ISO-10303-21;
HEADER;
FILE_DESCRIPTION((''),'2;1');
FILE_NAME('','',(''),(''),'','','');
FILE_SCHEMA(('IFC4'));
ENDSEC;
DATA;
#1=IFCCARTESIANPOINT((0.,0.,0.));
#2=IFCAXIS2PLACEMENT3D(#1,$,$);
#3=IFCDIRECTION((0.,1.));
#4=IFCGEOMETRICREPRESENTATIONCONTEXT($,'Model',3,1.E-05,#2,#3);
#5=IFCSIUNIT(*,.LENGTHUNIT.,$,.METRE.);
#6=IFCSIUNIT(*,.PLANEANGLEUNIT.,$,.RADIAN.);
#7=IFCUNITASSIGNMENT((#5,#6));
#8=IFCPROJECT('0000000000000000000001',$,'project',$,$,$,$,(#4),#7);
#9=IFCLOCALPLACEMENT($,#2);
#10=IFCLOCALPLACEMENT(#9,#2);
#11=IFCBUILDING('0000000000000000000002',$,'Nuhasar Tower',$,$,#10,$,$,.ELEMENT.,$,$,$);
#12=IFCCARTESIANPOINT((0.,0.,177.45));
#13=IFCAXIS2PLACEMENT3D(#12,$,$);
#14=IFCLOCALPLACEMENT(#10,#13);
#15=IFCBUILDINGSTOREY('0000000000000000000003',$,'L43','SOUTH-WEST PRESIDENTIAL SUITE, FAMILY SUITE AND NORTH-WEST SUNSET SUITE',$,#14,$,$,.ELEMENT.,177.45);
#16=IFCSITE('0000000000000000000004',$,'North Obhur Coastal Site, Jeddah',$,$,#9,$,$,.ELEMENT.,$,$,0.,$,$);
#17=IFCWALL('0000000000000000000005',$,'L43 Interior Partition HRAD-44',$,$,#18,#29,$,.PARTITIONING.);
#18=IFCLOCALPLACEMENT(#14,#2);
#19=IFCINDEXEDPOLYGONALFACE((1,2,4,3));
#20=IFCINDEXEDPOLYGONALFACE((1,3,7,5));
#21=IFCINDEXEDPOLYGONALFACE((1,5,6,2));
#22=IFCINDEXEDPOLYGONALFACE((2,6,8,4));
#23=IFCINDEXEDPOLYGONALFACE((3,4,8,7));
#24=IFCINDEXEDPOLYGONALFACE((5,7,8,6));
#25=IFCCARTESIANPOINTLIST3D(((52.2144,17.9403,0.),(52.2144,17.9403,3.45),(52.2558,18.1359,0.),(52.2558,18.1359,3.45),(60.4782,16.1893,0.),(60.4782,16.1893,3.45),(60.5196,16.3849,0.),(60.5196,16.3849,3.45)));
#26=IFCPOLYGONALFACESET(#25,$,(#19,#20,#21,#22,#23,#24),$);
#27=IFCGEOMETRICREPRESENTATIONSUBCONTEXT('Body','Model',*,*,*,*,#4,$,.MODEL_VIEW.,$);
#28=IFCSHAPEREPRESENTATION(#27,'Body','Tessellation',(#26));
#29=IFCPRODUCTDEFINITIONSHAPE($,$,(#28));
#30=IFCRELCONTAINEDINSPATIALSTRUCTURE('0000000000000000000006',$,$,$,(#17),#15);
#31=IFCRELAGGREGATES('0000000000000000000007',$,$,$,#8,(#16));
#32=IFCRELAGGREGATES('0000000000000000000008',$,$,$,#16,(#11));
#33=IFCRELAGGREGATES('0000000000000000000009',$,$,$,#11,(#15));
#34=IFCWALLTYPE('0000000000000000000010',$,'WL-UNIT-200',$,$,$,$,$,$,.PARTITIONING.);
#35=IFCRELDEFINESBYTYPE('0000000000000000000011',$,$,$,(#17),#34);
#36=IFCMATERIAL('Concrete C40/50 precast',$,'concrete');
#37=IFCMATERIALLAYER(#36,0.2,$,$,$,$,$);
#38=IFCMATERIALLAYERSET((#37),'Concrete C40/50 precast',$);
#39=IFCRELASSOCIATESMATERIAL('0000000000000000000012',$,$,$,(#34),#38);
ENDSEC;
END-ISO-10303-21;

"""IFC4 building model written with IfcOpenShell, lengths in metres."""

from ifc_helpers import new_model, si_unit, direction, frame, frame_2d, origin, place, context, subcontext, project, spatial, rectangle, extrude, material, layer, layer_set, type_object, element, save


model = new_model("IFC4")

# Units and contexts
model_context = context("Model", 3, precision=1e-05, world=origin(), true_north=direction((0.0, 1.0)))
body_context = subcontext(model_context, "Body", "Model", "MODEL_VIEW")
ifc_project = project(units=[si_unit("LENGTHUNIT", "METRE"), si_unit("PLANEANGLEUNIT", "RADIAN")], contexts=[model_context])

# Site, building, storey
site_placement = place(None, origin())
site = spatial("IfcSite", under=ifc_project, at=site_placement, Name="North Obhur Coastal Site, Jeddah", CompositionType="ELEMENT", RefElevation=0.0)
building_placement = place(site_placement, origin())
building = spatial("IfcBuilding", under=site, at=building_placement, Name="Nuhasar Tower", CompositionType="ELEMENT")
storey_placement = place(building_placement, frame((0.0, 0.0, 177.45)))
storey = spatial("IfcBuildingStorey", under=building, at=storey_placement, Name="L43", Description="SOUTH-WEST PRESIDENTIAL SUITE, FAMILY SUITE AND NORTH-WEST SUNSET SUITE", CompositionType="ELEMENT", Elevation=177.45)

# Wall
ifc_material_1 = material(Name="Concrete C40/50 precast", Category="concrete")
ifc_layer_1 = layer(ifc_material_1, 0.2)
ifc_layer_set_1 = layer_set([ifc_layer_1], Name="Concrete C40/50 precast")
wall_type_1 = type_object("IfcWallType", Name="WL-UNIT-200", PredefinedType="PARTITIONING", material=ifc_layer_set_1)
wall_1_placement = place(storey_placement, frame((52.2351, 18.0381, 0.0), z_axis=(0.0, 0.0, 1.0), x_axis=(0.978282, -0.20728, 0.0)))
element("IfcWall", 1, at=wall_1_placement, inside=storey, type_object=wall_type_1, Name="L43 Interior Partition HRAD-44", PredefinedType="PARTITIONING", context=body_context, shape_type="SweptSolid", body=[
    extrude(rectangle(XDim=8.4473, YDim=0.2, at=frame_2d((4.2236, 0.0))), origin(), (0.0, 0.0, 1.0), 3.45),
])

save(model, "model.ifc")
